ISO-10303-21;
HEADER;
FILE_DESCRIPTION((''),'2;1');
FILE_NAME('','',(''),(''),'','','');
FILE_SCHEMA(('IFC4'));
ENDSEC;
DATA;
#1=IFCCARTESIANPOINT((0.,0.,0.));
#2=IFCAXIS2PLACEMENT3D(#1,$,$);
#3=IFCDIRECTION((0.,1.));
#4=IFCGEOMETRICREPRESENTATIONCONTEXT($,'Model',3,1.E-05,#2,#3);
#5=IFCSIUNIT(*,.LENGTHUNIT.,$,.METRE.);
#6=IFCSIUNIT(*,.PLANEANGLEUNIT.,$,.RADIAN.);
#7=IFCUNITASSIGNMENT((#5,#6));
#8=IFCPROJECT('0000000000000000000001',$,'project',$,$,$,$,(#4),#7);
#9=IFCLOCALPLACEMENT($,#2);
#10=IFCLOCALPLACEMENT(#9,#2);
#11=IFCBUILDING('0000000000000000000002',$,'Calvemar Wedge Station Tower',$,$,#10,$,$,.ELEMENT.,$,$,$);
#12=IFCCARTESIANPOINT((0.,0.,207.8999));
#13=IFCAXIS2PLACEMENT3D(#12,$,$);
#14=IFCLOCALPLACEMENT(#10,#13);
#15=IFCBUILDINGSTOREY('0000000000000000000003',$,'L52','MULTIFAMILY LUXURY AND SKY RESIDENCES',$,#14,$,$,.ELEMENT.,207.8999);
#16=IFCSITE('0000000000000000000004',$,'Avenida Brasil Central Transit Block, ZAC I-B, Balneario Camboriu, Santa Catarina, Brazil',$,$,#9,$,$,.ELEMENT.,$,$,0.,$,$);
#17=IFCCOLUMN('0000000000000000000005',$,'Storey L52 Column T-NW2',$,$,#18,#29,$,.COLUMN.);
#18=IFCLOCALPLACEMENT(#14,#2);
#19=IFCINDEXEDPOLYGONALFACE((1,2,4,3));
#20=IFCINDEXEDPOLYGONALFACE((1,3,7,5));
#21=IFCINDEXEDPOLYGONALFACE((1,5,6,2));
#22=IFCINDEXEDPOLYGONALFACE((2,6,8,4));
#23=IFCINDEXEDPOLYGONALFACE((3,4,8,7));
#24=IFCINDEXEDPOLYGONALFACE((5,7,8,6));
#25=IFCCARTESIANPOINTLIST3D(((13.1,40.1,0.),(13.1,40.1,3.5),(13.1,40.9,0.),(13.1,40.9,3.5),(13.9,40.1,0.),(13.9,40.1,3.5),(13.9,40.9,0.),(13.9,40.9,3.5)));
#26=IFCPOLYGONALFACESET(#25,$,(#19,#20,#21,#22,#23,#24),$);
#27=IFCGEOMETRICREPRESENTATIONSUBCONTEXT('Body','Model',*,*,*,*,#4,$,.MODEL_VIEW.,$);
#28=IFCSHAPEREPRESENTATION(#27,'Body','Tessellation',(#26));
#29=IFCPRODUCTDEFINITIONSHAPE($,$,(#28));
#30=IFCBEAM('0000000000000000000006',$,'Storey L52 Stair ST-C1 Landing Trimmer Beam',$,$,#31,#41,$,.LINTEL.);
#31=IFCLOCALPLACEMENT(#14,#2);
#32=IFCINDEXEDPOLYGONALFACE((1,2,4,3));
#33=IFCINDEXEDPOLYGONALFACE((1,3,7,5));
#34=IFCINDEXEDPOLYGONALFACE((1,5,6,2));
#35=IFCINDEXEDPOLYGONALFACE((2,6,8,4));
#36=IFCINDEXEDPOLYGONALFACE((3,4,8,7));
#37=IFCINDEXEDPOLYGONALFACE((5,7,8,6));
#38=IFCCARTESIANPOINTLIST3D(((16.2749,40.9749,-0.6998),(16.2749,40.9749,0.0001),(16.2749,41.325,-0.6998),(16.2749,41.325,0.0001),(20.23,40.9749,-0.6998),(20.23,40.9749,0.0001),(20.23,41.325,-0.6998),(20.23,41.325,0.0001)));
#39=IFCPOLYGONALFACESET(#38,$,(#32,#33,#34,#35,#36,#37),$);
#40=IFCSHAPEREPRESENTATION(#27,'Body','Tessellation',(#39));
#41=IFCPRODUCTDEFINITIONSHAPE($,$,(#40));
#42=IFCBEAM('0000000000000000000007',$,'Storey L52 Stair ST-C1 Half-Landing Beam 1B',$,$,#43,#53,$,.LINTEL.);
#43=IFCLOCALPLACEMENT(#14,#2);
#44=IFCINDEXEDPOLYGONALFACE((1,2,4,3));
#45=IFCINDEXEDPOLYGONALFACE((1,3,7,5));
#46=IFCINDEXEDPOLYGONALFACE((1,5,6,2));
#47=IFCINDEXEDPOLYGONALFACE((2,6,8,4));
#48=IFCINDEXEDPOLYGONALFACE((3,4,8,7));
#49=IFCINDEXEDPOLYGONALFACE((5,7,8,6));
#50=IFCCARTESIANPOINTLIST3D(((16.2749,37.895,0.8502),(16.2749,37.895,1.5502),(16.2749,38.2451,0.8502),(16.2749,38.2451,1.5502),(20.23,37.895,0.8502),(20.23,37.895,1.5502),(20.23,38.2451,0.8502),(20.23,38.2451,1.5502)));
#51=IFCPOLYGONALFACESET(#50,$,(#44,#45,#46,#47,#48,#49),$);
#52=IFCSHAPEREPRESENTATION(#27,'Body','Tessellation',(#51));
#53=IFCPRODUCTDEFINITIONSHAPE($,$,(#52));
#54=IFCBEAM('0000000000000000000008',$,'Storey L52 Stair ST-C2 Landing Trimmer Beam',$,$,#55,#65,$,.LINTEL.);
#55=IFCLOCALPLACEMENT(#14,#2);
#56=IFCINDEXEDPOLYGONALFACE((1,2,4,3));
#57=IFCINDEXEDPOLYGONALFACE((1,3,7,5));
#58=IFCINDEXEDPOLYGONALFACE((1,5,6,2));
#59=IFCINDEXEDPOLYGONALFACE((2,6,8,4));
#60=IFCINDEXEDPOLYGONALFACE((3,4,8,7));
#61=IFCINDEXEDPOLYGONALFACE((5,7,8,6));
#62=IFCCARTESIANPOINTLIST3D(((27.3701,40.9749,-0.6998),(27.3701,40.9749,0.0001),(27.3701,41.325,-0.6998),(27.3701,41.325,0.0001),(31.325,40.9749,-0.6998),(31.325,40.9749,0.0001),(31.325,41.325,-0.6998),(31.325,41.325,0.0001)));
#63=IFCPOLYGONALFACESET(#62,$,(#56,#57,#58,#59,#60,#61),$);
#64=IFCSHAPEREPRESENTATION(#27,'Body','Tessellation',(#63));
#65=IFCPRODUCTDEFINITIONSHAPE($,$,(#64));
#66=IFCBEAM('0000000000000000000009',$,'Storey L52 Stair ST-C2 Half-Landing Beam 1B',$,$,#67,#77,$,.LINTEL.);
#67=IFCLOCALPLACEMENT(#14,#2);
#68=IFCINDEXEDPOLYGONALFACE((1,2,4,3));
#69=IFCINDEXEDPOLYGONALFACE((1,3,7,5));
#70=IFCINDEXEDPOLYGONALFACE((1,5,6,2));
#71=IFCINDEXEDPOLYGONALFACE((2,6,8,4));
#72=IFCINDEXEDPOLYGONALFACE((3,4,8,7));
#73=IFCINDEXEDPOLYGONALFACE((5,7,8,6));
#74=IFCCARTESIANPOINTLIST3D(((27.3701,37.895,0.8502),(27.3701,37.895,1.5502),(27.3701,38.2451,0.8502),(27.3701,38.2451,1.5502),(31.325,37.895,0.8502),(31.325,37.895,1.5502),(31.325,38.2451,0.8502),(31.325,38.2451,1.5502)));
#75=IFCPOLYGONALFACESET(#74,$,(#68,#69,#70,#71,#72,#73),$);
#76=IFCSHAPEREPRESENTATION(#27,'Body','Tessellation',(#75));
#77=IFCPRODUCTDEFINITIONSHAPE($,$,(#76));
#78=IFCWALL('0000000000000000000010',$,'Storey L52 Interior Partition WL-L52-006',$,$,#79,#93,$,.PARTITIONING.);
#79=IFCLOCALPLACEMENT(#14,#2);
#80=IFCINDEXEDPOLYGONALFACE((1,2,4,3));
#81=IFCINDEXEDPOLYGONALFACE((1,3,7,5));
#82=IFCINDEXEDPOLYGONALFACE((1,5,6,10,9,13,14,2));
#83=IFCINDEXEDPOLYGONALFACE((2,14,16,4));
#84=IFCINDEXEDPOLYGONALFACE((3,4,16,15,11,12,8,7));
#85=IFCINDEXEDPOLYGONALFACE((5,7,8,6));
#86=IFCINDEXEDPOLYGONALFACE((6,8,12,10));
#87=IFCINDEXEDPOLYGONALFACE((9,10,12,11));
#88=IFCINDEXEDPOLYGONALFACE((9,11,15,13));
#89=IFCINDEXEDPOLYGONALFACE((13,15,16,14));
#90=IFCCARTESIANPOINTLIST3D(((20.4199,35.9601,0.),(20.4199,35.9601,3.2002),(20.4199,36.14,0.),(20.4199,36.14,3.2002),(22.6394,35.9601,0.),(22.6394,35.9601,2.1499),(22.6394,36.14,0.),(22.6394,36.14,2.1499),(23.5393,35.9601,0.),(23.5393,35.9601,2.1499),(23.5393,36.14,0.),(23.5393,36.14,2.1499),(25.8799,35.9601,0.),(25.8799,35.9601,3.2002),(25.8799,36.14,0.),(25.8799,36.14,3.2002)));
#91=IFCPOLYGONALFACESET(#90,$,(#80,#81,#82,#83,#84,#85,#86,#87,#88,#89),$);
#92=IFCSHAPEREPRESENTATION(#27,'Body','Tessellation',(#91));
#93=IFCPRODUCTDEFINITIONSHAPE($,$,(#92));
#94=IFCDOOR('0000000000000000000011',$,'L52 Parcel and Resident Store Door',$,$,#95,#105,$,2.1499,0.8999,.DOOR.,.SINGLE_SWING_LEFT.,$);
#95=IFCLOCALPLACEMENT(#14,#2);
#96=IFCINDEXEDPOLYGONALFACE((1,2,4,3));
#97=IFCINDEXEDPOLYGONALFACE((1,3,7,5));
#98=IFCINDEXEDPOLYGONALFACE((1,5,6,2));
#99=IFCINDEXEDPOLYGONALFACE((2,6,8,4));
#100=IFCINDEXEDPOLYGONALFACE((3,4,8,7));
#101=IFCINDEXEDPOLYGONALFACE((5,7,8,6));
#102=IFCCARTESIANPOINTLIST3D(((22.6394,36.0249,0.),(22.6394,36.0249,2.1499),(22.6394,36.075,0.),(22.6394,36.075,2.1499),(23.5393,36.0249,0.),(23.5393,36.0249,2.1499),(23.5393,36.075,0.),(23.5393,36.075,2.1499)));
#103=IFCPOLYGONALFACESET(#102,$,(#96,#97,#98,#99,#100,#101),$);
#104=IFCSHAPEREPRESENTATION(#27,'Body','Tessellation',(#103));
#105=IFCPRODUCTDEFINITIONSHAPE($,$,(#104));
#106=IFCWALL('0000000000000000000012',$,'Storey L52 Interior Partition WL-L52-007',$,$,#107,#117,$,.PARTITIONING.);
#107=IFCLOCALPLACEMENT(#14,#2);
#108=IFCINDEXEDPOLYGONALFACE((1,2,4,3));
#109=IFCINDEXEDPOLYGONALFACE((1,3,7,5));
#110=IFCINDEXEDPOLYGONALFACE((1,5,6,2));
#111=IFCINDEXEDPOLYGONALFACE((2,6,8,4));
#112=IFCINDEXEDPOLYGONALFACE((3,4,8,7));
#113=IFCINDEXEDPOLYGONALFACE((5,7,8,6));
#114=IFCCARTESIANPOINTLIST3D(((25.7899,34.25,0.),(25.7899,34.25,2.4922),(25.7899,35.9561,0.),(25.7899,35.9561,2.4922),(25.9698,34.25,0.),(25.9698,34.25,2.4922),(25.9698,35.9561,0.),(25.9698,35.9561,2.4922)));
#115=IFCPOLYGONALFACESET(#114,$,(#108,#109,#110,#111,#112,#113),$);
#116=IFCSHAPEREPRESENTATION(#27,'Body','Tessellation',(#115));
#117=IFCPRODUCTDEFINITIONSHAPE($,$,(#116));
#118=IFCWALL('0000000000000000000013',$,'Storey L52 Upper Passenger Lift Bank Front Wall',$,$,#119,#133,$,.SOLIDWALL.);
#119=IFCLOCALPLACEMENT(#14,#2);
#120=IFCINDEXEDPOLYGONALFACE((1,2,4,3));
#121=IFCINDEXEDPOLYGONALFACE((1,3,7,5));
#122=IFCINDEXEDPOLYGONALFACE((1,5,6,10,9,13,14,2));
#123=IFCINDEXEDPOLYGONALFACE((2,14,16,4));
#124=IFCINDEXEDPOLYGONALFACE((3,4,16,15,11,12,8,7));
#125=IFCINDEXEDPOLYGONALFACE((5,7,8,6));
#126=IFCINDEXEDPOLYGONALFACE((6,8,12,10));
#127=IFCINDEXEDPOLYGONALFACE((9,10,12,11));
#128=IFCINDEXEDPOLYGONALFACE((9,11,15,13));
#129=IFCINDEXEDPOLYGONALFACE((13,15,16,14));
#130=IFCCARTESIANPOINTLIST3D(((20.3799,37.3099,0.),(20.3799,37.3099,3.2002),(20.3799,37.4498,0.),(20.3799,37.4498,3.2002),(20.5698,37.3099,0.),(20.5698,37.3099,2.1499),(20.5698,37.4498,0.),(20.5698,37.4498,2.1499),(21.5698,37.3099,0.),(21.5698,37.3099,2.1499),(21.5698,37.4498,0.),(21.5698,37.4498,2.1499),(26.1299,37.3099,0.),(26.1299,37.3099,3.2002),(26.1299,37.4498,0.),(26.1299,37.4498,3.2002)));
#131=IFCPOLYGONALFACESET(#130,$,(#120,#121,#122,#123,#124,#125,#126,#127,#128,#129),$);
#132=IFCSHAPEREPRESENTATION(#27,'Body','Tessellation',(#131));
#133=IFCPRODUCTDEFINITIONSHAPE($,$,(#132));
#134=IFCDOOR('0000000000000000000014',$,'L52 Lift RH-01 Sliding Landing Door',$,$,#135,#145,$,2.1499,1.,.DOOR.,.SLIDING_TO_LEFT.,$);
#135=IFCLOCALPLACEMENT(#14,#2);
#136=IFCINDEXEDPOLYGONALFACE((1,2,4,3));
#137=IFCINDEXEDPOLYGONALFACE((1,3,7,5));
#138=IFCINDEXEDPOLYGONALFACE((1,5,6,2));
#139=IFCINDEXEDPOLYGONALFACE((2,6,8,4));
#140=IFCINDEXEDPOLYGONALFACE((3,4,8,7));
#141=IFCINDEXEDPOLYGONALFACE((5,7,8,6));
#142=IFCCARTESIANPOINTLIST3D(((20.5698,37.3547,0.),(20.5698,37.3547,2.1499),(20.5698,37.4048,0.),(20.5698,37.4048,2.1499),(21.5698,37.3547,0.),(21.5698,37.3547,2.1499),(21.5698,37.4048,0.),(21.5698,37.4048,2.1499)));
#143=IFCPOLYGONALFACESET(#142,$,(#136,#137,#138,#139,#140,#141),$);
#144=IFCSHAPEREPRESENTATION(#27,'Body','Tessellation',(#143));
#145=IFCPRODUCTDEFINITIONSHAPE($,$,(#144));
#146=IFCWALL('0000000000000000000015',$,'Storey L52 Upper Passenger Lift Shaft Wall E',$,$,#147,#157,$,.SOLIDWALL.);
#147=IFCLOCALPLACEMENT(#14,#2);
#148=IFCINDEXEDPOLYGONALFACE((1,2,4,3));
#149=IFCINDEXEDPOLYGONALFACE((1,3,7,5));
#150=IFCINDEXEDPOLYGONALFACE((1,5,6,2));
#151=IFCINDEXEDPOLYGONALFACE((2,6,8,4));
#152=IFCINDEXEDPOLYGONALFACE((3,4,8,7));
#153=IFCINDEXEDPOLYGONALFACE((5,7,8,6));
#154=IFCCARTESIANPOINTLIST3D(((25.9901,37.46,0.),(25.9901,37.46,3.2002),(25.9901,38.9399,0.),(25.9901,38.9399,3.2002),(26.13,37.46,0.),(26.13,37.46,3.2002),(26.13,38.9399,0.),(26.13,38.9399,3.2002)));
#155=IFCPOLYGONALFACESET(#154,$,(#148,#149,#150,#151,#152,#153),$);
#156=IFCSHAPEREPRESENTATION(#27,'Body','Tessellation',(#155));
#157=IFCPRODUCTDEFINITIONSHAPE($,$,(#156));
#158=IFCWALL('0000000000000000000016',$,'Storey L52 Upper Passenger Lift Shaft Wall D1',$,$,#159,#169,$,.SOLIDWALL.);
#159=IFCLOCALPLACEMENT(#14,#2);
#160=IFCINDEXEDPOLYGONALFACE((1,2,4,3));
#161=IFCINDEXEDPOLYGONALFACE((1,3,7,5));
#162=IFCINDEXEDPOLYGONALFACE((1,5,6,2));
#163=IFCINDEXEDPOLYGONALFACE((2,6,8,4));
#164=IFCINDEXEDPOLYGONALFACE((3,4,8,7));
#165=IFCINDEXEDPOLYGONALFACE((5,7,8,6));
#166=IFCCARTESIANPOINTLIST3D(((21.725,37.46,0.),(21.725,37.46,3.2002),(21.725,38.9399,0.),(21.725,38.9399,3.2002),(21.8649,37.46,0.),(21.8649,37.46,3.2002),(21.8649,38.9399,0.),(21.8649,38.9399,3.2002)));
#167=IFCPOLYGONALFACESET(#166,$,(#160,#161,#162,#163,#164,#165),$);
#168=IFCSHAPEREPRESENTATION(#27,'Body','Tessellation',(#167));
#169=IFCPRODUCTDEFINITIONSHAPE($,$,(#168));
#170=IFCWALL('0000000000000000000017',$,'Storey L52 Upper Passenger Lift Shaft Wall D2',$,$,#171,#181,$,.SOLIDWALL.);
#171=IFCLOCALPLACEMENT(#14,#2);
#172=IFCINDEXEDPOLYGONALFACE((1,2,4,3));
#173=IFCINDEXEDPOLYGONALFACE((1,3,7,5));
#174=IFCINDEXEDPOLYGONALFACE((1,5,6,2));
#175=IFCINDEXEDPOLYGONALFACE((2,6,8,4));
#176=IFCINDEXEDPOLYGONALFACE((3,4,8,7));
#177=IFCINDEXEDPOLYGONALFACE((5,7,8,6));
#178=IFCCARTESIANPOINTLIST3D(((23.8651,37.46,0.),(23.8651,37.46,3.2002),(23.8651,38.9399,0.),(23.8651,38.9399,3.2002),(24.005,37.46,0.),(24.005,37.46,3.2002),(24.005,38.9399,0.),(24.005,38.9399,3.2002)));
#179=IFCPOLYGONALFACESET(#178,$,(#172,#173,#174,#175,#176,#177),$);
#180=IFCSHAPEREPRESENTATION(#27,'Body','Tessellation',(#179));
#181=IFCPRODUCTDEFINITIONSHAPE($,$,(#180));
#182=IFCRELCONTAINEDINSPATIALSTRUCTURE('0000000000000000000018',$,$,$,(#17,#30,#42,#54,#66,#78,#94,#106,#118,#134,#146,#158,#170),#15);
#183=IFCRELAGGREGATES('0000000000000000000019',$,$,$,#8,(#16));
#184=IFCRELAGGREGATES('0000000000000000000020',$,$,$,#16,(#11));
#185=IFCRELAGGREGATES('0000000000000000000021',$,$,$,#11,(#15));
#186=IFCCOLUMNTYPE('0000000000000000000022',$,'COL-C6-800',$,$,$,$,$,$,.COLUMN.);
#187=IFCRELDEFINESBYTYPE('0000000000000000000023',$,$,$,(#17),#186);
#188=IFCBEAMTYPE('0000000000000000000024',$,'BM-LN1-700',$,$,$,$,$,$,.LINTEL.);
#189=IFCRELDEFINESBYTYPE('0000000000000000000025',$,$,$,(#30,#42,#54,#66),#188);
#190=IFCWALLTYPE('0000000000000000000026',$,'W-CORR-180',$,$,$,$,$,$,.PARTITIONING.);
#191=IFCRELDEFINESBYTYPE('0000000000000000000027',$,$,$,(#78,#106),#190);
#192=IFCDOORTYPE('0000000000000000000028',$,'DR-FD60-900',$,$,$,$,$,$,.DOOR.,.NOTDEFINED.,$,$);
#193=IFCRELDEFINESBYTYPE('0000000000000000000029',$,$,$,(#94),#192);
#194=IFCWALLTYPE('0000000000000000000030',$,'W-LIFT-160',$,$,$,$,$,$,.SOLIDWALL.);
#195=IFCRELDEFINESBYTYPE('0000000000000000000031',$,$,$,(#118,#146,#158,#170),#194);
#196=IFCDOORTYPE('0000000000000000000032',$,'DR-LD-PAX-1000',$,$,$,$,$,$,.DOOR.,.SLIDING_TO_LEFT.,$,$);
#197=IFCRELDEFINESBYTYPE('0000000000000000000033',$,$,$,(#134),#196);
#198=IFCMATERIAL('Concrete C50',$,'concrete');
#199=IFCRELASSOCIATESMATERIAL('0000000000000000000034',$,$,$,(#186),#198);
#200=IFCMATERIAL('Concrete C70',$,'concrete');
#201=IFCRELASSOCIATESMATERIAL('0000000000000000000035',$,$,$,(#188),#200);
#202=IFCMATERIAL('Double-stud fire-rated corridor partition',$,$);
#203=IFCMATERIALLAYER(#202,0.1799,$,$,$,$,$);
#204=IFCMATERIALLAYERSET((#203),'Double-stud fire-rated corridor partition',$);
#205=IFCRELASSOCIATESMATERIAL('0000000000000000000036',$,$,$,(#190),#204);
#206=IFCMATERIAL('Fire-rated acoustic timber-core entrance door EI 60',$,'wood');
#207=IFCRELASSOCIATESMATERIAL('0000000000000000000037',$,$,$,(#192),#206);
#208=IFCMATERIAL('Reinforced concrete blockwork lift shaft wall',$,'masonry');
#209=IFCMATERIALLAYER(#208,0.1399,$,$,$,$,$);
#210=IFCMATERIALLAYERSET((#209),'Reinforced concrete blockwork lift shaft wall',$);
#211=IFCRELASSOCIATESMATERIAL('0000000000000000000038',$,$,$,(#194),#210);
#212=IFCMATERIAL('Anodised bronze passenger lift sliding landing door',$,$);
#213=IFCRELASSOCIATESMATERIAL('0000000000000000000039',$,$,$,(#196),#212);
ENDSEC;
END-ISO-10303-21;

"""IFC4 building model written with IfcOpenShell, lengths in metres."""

from ifc_helpers import new_model, si_unit, direction, frame, frame_2d, origin, origin_2d, place, context, subcontext, project, spatial, rectangle, extrude, source, transform, mapped, material, layer, layer_set, material_profile, profile_set, type_object, element, fill, save


model = new_model("IFC4")

# Units and contexts
model_context = context("Model", 3, precision=1e-05, world=origin(), true_north=direction((0.0, 1.0)))
body_context = subcontext(model_context, "Body", "Model", "MODEL_VIEW")
ifc_project = project(units=[si_unit("LENGTHUNIT", "METRE"), si_unit("PLANEANGLEUNIT", "RADIAN")], contexts=[model_context])

# Site, building, storey
site_placement = place(None, origin())
site = spatial("IfcSite", under=ifc_project, at=site_placement, Name="Avenida Brasil Central Transit Block, ZAC I-B, Balneario Camboriu, Santa Catarina, Brazil", CompositionType="ELEMENT", RefElevation=0.0)
building_placement = place(site_placement, origin())
building = spatial("IfcBuilding", under=site, at=building_placement, Name="Calvemar Wedge Station Tower", CompositionType="ELEMENT")
storey_placement = place(building_placement, frame((0.0, 0.0, 207.8999)))
storey = spatial("IfcBuildingStorey", under=building, at=storey_placement, Name="L52", Description="MULTIFAMILY LUXURY AND SKY RESIDENCES", CompositionType="ELEMENT", Elevation=207.8999)

# Column
ifc_material_1 = material(Name="Concrete C50", Category="concrete")
ifc_material_profile_1 = material_profile(ifc_material_1, rectangle(XDim=0.8, YDim=0.8, at=origin_2d()), Name="RC800x800")
ifc_profile_set_1 = profile_set([ifc_material_profile_1], Name="Concrete C50")
column_type = type_object("IfcColumnType", Name="COL-C6-800", PredefinedType="COLUMN", material=ifc_profile_set_1)
shared_shape_1 = source(origin(), body_context, "Body", "SweptSolid", [
    extrude(rectangle(XDim=0.8, YDim=0.8, at=origin_2d()), origin(), (0.0, 0.0, 1.0), 3.5),
])
column_placement = place(storey_placement, frame((13.5, 40.5, 0.0), z_axis=(0.0, 0.0, 1.0), x_axis=(1.0, 0.0, 0.0)))
element("IfcColumn", 1, at=column_placement, inside=storey, type_object=column_type, Name="Storey L52 Column T-NW2", PredefinedType="COLUMN", context=body_context, shape_type="MappedRepresentation", body=[
    mapped(shared_shape_1, transform((0.0, 0.0, 0.0), scale=1.0)),
])

# Beams
ifc_material_2 = material(Name="Concrete C70", Category="concrete")
ifc_material_profile_2 = material_profile(ifc_material_2, rectangle(XDim=0.3501, YDim=0.7, at=origin_2d()), Name="RC350x700")
ifc_profile_set_2 = profile_set([ifc_material_profile_2], Name="Concrete C70")
beam_type = type_object("IfcBeamType", Name="BM-LN1-700", PredefinedType="LINTEL", material=ifc_profile_set_2)
shared_shape_2 = source(origin(), body_context, "Body", "SweptSolid", [
    extrude(rectangle(XDim=0.3501, YDim=0.7, at=origin_2d()), origin(), (0.0, 0.0, 1.0), 3.9551),
])
for number, where, z_axis, x_axis, name in (
    (2, (16.2749, 41.1499, -0.3499), (1.0, 0.0, 0.0), (0.0, 1.0, 0.0), "Storey L52 Stair ST-C1 Landing Trimmer Beam"),
    (3, (16.2749, 38.0701, 1.2002), (1.0, 0.0, 0.0), (0.0, 1.0, 0.0), "Storey L52 Stair ST-C1 Half-Landing Beam 1B"),
):
    element("IfcBeam", number, at=place(storey_placement, frame(where, z_axis=z_axis, x_axis=x_axis)), inside=storey, type_object=beam_type, Name=name, PredefinedType="LINTEL", context=body_context, shape_type="MappedRepresentation", body=[
        mapped(shared_shape_2, transform((0.0, 0.0, 0.0), scale=1.0)),
    ])
shared_shape_3 = source(origin(), body_context, "Body", "SweptSolid", [
    extrude(rectangle(XDim=0.3501, YDim=0.7, at=origin_2d()), origin(), (0.0, 0.0, 1.0), 3.9548),
])
for number, where, z_axis, x_axis, name in (
    (4, (27.3701, 41.1499, -0.3499), (1.0, 0.0, 0.0), (0.0, 1.0, 0.0), "Storey L52 Stair ST-C2 Landing Trimmer Beam"),
    (5, (27.3701, 38.0701, 1.2002), (1.0, 0.0, 0.0), (0.0, 1.0, 0.0), "Storey L52 Stair ST-C2 Half-Landing Beam 1B"),
):
    element("IfcBeam", number, at=place(storey_placement, frame(where, z_axis=z_axis, x_axis=x_axis)), inside=storey, type_object=beam_type, Name=name, PredefinedType="LINTEL", context=body_context, shape_type="MappedRepresentation", body=[
        mapped(shared_shape_3, transform((0.0, 0.0, 0.0), scale=1.0)),
    ])

# Wall, opening, door
ifc_material_3 = material(Name="Double-stud fire-rated corridor partition")
ifc_layer_1 = layer(ifc_material_3, 0.1799)
ifc_layer_set_1 = layer_set([ifc_layer_1], Name="Double-stud fire-rated corridor partition")
wall_type_1 = type_object("IfcWallType", Name="W-CORR-180", PredefinedType="PARTITIONING", material=ifc_layer_set_1)
shared_shape_4 = source(origin(), body_context, "Body", "SweptSolid", [
    extrude(rectangle(XDim=0.8999, YDim=2.1499, at=frame_2d((0.45, 1.075))), frame((0.0, 0.1001, 0.0), z_axis=(0.0, -1.0, 0.0), x_axis=(1.0, 0.0, 0.0)), (0.0, 0.0, 1.0), 0.2),
])
ifc_material_4 = material(Name="Fire-rated acoustic timber-core entrance door EI 60", Category="wood")
door_type_1 = type_object("IfcDoorType", Name="DR-FD60-900", OperationType="NOTDEFINED", PredefinedType="DOOR", material=ifc_material_4)
shared_shape_5 = source(origin(), body_context, "Body", "SweptSolid", [
    extrude(rectangle(XDim=0.8999, YDim=2.1499, at=frame_2d((0.45, 1.075))), frame((0.0, 0.0249, 0.0), z_axis=(0.0, -1.0, 0.0), x_axis=(1.0, 0.0, 0.0)), (0.0, 0.0, 1.0), 0.05),
])
wall_1_placement = place(storey_placement, frame((20.4199, 36.05, 0.0), z_axis=(0.0, 0.0, 1.0), x_axis=(1.0, 0.0, 0.0)))
wall_1 = element("IfcWall", 6, at=wall_1_placement, inside=storey, type_object=wall_type_1, Name="Storey L52 Interior Partition WL-L52-006", PredefinedType="PARTITIONING", context=body_context, shape_type="SweptSolid", body=[
    extrude(rectangle(XDim=5.46, YDim=0.1799, at=frame_2d((2.73, 0.0))), origin(), (0.0, 0.0, 1.0), 3.2002),
])
opening_1_placement = place(wall_1_placement, frame((2.2195, 0.0, 0.0)))
opening_1 = element("IfcOpeningElement", 7, at=opening_1_placement, cuts=wall_1, PredefinedType="OPENING", context=body_context, shape_type="MappedRepresentation", body=[
    mapped(shared_shape_4, transform((0.0, 0.0, 0.0), scale=1.0)),
])
door_1_placement = place(opening_1_placement, origin())
door_1 = element("IfcDoor", 8, at=door_1_placement, inside=storey, type_object=door_type_1, Name="L52 Parcel and Resident Store Door", OperationType="SINGLE_SWING_LEFT", OverallHeight=2.1499, OverallWidth=0.8999, PredefinedType="DOOR", context=body_context, shape_type="MappedRepresentation", body=[
    mapped(shared_shape_5, transform((0.0, 0.0, 0.0), scale=1.0)),
])
fill(opening_1, door_1)

# Wall
wall_2_placement = place(storey_placement, frame((25.8799, 35.9561, 0.0), z_axis=(0.0, 0.0, 1.0), x_axis=(0.0, -1.0, 0.0)))
element("IfcWall", 9, at=wall_2_placement, inside=storey, type_object=wall_type_1, Name="Storey L52 Interior Partition WL-L52-007", PredefinedType="PARTITIONING", context=body_context, shape_type="SweptSolid", body=[
    extrude(rectangle(XDim=1.7061, YDim=0.1799, at=frame_2d((0.853, 0.0))), origin(), (0.0, 0.0, 1.0), 2.4922),
])

# Wall, opening, door
ifc_material_5 = material(Name="Reinforced concrete blockwork lift shaft wall", Category="masonry")
ifc_layer_2 = layer(ifc_material_5, 0.1399)
ifc_layer_set_2 = layer_set([ifc_layer_2], Name="Reinforced concrete blockwork lift shaft wall")
wall_type_2 = type_object("IfcWallType", Name="W-LIFT-160", PredefinedType="SOLIDWALL", material=ifc_layer_set_2)
wall_3_placement = place(storey_placement, frame((20.3799, 37.3799, 0.0), z_axis=(0.0, 0.0, 1.0), x_axis=(1.0, 0.0, 0.0)))
wall_3 = element("IfcWall", 10, at=wall_3_placement, inside=storey, type_object=wall_type_2, Name="Storey L52 Upper Passenger Lift Bank Front Wall", PredefinedType="SOLIDWALL", context=body_context, shape_type="SweptSolid", body=[
    extrude(rectangle(XDim=5.75, YDim=0.1399, at=frame_2d((2.875, 0.0))), origin(), (0.0, 0.0, 1.0), 3.2002),
])
shared_shape_6 = source(origin(), body_context, "Body", "SweptSolid", [
    extrude(rectangle(XDim=1.0, YDim=2.1499, at=frame_2d((0.5, 1.075))), frame((0.0, 0.0801, 0.0), z_axis=(0.0, -1.0, 0.0), x_axis=(1.0, 0.0, 0.0)), (0.0, 0.0, 1.0), 0.1599),
])
opening_2_placement = place(wall_3_placement, frame((0.1899, 0.0, 0.0)))
opening_2 = element("IfcOpeningElement", 11, at=opening_2_placement, cuts=wall_3, PredefinedType="OPENING", context=body_context, shape_type="MappedRepresentation", body=[
    mapped(shared_shape_6, transform((0.0, 0.0, 0.0), scale=1.0)),
])
ifc_material_6 = material(Name="Anodised bronze passenger lift sliding landing door")
door_type_2 = type_object("IfcDoorType", Name="DR-LD-PAX-1000", OperationType="SLIDING_TO_LEFT", PredefinedType="DOOR", material=ifc_material_6)
shared_shape_7 = source(origin(), body_context, "Body", "SweptSolid", [
    extrude(rectangle(XDim=1.0, YDim=2.1499, at=frame_2d((0.5, 1.075))), frame((0.0, 0.0249, 0.0), z_axis=(0.0, -1.0, 0.0), x_axis=(1.0, 0.0, 0.0)), (0.0, 0.0, 1.0), 0.05),
])
door_2_placement = place(opening_2_placement, origin())
door_2 = element("IfcDoor", 12, at=door_2_placement, inside=storey, type_object=door_type_2, Name="L52 Lift RH-01 Sliding Landing Door", OperationType="SLIDING_TO_LEFT", OverallHeight=2.1499, OverallWidth=1.0, PredefinedType="DOOR", context=body_context, shape_type="MappedRepresentation", body=[
    mapped(shared_shape_7, transform((0.0, 0.0, 0.0), scale=1.0)),
])
fill(opening_2, door_2)

# Walls
for number, where, z_axis, x_axis, name in (
    (13, (26.0601, 37.46, 0.0), (0.0, 0.0, 1.0), (0.0, 1.0, 0.0), "Storey L52 Upper Passenger Lift Shaft Wall E"),
    (14, (21.7949, 37.46, 0.0), (0.0, 0.0, 1.0), (0.0, 1.0, 0.0), "Storey L52 Upper Passenger Lift Shaft Wall D1"),
    (15, (23.9351, 37.46, 0.0), (0.0, 0.0, 1.0), (0.0, 1.0, 0.0), "Storey L52 Upper Passenger Lift Shaft Wall D2"),
):
    element("IfcWall", number, at=place(storey_placement, frame(where, z_axis=z_axis, x_axis=x_axis)), inside=storey, type_object=wall_type_2, Name=name, PredefinedType="SOLIDWALL", context=body_context, shape_type="SweptSolid", body=[
        extrude(rectangle(XDim=1.48, YDim=0.1399, at=frame_2d((0.74, 0.0))), origin(), (0.0, 0.0, 1.0), 3.2002),
    ])

save(model, "model.ifc")
